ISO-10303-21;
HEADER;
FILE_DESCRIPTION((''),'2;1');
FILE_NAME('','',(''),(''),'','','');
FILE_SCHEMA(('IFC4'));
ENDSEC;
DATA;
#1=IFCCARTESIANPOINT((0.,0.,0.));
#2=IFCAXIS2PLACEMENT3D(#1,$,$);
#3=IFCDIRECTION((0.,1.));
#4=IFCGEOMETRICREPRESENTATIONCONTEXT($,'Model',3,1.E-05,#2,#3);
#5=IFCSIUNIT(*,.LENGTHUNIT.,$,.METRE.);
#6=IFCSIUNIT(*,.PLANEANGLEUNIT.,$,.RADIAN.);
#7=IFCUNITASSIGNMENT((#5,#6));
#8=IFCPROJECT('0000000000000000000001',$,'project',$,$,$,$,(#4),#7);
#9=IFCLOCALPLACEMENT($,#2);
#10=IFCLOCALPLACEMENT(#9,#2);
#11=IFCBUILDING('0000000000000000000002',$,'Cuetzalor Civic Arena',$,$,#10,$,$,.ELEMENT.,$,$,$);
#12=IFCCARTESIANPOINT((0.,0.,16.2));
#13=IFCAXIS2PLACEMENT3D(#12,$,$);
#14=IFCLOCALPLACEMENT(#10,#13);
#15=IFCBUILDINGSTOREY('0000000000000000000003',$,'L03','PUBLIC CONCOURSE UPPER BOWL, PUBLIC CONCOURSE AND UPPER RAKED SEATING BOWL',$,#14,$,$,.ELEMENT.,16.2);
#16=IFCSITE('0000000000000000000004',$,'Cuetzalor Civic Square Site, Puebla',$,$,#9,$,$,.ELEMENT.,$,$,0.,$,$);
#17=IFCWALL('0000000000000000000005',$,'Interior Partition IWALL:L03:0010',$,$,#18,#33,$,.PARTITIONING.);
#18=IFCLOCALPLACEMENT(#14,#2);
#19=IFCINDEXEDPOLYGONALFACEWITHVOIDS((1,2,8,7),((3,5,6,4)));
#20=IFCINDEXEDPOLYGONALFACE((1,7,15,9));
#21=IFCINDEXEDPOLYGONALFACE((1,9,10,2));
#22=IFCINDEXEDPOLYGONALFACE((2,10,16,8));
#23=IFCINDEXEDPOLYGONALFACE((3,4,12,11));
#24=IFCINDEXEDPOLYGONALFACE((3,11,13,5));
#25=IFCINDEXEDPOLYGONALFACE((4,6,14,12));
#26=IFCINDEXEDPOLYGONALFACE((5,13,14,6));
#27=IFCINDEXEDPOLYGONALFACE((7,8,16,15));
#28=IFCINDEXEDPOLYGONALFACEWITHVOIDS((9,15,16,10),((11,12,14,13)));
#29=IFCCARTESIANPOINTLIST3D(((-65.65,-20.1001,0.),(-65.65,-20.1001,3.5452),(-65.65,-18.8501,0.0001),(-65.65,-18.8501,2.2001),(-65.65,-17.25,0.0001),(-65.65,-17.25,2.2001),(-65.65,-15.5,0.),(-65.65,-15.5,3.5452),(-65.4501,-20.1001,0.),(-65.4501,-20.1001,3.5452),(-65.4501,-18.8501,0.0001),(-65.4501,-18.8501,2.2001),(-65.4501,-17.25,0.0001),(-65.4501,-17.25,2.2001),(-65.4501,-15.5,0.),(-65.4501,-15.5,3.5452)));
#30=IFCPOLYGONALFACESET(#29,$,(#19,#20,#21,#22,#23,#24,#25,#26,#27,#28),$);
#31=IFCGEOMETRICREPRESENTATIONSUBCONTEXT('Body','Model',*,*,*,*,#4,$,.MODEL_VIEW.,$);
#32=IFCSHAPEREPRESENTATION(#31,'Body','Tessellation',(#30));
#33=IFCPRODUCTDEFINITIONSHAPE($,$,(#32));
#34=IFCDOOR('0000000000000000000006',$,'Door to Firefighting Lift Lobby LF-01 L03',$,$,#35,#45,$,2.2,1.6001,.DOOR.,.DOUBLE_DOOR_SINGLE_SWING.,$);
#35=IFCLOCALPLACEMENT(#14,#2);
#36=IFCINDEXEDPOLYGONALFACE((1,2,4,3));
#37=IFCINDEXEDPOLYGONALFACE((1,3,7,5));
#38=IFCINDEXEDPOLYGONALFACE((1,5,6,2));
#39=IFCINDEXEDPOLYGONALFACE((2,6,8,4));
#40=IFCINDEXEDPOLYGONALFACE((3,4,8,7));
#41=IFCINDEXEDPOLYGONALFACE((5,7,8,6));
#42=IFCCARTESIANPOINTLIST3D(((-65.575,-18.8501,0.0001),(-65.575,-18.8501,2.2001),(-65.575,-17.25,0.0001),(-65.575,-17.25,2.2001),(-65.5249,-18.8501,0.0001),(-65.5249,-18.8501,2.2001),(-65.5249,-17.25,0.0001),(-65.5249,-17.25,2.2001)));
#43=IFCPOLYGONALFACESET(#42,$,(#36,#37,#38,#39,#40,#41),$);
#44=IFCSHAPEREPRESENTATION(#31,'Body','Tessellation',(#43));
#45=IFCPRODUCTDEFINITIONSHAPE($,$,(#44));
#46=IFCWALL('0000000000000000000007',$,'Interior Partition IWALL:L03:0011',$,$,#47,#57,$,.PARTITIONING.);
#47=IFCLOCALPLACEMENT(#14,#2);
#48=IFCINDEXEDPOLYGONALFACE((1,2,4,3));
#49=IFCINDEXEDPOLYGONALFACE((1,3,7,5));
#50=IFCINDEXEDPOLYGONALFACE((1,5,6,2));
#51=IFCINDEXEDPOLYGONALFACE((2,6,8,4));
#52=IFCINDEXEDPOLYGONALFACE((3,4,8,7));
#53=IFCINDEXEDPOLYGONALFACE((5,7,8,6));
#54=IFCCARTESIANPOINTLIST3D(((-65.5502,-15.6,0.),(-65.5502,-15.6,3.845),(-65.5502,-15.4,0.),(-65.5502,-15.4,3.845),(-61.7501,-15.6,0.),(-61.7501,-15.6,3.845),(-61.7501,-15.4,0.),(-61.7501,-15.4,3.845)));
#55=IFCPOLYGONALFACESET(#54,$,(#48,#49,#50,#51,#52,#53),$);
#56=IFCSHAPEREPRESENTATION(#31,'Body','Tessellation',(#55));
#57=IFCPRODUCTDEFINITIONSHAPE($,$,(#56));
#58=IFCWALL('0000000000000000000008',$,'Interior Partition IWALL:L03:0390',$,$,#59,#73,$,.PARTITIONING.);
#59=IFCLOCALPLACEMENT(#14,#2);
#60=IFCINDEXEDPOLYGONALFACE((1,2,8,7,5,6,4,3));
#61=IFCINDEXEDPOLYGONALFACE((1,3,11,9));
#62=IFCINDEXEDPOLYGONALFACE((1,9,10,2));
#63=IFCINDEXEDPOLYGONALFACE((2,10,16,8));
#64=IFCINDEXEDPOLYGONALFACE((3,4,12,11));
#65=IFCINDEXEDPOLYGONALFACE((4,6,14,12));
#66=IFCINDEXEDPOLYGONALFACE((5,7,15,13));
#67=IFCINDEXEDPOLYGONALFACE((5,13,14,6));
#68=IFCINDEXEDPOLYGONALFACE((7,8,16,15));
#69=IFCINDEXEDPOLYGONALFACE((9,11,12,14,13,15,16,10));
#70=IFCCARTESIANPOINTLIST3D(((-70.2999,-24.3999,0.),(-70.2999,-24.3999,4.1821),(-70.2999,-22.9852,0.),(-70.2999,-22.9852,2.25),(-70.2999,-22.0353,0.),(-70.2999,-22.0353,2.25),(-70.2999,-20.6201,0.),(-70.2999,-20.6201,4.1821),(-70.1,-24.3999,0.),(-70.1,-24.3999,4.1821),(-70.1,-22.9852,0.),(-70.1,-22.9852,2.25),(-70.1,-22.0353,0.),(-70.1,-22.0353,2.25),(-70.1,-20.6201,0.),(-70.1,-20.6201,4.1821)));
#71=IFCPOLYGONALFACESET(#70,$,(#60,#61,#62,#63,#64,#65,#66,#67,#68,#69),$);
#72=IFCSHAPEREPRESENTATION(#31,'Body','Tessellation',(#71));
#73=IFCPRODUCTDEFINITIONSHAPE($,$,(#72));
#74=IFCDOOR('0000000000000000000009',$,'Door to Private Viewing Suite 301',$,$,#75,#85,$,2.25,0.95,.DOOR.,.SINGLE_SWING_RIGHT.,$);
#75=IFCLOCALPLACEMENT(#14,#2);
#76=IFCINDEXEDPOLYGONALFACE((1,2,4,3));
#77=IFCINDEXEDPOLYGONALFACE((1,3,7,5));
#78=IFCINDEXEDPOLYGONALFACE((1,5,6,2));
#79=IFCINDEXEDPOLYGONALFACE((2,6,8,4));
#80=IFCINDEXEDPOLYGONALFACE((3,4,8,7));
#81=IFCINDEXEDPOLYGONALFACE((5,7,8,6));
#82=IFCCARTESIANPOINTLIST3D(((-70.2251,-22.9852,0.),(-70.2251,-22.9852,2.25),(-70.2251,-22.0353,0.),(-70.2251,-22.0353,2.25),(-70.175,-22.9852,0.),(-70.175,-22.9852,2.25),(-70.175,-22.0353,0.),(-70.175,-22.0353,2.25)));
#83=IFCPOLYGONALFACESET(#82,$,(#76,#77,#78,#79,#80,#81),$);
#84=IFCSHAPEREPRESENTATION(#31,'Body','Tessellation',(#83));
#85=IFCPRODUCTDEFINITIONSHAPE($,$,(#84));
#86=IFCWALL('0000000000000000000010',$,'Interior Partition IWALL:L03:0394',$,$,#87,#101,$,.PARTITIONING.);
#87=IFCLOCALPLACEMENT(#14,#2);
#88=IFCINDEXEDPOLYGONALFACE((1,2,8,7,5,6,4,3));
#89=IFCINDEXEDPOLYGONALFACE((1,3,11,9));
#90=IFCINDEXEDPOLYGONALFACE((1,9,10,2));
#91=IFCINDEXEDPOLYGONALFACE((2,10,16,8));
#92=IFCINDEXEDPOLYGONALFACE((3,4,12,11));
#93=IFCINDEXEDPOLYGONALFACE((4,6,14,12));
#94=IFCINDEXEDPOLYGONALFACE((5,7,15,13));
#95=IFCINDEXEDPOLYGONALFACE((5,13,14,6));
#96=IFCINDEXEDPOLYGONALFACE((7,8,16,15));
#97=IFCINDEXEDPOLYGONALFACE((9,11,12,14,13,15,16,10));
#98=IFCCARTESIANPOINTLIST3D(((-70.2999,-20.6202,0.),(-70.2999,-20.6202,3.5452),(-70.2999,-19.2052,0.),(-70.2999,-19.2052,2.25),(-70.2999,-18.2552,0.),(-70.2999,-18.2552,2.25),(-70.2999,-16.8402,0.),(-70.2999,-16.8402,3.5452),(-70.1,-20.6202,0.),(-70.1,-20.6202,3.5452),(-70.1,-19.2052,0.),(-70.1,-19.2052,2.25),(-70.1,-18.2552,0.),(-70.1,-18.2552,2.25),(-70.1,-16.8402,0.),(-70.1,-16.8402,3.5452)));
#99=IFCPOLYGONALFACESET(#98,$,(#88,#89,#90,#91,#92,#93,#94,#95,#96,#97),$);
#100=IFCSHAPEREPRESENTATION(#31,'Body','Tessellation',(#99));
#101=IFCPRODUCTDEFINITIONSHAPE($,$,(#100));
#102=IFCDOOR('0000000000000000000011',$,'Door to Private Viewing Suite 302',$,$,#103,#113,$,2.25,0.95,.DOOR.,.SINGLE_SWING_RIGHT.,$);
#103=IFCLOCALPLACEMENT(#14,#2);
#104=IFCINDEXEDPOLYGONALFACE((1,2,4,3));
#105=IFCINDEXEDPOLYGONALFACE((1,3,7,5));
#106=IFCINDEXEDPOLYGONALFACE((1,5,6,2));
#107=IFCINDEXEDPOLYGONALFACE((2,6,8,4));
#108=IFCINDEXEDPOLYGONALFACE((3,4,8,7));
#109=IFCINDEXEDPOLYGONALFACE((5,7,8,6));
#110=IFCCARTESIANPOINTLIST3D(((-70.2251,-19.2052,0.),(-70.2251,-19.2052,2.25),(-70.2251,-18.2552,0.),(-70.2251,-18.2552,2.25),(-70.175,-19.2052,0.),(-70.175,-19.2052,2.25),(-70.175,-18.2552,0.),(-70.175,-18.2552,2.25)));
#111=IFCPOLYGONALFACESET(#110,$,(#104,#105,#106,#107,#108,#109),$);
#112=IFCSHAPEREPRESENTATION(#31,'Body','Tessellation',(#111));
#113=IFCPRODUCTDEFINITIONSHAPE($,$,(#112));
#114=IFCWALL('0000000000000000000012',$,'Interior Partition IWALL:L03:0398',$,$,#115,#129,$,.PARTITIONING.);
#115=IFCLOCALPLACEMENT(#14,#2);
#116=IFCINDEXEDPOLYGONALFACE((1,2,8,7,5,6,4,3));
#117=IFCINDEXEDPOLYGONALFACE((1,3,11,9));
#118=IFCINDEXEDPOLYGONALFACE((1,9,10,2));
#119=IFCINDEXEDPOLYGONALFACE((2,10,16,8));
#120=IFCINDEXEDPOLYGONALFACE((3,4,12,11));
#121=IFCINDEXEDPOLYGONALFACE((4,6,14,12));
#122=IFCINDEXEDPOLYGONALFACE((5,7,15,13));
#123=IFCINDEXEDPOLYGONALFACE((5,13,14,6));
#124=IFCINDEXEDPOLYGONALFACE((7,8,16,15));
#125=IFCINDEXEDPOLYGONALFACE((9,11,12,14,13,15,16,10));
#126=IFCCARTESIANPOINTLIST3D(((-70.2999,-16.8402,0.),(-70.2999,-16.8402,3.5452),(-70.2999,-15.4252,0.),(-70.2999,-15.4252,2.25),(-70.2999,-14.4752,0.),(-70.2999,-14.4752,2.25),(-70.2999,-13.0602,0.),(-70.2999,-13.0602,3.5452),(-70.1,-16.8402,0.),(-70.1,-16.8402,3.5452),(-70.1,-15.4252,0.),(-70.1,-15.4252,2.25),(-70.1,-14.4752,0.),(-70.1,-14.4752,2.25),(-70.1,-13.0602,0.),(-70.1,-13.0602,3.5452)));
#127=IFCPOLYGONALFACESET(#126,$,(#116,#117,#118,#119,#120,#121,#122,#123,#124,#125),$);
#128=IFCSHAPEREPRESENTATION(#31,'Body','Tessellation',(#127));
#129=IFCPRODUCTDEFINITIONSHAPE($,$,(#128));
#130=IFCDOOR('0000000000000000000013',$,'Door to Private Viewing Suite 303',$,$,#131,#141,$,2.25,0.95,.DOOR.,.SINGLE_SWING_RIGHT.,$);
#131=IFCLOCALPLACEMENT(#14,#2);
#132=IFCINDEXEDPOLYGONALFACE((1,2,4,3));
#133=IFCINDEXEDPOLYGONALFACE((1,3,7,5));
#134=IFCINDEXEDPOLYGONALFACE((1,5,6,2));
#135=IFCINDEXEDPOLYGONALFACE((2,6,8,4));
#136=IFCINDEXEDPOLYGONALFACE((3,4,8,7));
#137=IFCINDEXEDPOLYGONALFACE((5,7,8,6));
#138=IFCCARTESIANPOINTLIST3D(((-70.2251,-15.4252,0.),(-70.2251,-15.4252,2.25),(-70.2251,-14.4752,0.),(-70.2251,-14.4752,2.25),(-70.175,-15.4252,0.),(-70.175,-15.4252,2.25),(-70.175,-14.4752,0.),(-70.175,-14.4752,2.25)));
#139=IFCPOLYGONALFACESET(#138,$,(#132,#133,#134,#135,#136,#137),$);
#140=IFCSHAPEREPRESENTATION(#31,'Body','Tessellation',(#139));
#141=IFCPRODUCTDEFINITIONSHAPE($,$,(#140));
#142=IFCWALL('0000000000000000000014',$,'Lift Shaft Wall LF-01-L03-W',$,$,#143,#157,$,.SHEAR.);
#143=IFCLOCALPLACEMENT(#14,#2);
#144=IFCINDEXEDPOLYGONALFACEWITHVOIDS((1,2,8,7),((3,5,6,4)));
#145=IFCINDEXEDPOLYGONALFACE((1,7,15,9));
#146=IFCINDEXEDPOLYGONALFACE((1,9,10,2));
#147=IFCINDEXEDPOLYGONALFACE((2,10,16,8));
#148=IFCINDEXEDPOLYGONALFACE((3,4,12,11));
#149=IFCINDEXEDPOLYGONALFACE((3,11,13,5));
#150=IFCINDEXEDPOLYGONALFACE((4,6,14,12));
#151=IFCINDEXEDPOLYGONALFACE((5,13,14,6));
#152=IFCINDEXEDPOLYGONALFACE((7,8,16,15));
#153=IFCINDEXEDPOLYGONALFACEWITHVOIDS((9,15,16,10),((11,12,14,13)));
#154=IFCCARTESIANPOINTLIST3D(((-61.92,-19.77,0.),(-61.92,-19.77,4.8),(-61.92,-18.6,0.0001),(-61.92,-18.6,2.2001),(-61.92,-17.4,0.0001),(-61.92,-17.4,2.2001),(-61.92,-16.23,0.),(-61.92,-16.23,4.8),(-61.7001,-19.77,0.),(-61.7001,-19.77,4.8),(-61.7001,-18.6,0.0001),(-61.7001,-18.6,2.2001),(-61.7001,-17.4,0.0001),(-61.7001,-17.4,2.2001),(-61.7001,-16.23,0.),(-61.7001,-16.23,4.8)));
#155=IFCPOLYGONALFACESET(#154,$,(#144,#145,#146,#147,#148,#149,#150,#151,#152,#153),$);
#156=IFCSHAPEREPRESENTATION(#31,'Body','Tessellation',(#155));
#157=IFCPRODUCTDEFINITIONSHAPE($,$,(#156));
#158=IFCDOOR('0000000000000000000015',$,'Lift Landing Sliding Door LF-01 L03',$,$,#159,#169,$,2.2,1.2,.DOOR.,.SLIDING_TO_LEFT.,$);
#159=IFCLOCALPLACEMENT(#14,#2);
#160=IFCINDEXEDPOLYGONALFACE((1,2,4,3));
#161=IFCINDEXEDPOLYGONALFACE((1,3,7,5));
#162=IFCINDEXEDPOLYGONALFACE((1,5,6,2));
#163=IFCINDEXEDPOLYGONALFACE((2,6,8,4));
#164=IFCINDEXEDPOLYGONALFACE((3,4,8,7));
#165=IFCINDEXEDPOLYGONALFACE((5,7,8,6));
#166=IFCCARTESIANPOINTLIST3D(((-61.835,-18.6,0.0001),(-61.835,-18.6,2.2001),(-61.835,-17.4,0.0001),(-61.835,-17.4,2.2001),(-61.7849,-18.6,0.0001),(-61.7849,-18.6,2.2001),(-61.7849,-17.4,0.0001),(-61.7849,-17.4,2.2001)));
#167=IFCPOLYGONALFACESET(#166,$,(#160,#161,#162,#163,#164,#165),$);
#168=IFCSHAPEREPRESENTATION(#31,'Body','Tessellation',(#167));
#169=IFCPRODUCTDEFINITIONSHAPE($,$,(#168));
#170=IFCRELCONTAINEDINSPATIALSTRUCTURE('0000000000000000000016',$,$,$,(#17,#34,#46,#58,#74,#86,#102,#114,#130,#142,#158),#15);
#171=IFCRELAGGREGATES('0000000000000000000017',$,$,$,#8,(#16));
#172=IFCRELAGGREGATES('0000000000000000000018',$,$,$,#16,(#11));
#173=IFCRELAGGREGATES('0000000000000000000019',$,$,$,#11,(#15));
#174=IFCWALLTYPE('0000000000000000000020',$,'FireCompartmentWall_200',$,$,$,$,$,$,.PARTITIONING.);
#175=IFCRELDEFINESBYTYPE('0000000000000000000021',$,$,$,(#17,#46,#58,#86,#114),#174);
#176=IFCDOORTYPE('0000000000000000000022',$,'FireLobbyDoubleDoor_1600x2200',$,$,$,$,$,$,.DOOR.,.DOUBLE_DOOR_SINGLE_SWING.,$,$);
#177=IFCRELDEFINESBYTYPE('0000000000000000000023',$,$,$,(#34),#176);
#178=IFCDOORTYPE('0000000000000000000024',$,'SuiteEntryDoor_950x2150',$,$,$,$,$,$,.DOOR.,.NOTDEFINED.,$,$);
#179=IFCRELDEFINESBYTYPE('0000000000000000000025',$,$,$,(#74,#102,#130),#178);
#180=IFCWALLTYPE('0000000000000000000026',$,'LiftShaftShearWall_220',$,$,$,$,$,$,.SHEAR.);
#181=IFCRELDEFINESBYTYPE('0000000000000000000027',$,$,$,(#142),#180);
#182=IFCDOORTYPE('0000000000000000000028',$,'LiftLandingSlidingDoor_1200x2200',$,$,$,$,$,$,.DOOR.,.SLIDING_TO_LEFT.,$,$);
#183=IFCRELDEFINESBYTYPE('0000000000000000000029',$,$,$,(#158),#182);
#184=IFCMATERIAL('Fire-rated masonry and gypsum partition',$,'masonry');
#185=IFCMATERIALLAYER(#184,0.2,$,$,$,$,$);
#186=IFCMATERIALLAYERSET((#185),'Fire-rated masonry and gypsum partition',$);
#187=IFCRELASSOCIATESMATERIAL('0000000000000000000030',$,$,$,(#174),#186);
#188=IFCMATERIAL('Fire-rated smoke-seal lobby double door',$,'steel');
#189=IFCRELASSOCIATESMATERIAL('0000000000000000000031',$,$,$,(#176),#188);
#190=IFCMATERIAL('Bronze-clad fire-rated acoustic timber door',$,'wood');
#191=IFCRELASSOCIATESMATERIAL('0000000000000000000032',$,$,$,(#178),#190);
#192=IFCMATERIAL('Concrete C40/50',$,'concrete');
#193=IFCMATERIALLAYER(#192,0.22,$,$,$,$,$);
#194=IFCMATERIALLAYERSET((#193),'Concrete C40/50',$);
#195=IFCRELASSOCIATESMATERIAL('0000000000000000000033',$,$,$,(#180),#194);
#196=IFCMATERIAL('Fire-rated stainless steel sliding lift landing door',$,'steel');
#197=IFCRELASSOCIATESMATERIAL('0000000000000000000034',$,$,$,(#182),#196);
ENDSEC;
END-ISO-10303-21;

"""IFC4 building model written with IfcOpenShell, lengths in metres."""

from ifc_helpers import new_model, si_unit, direction, frame, frame_2d, origin, place, context, subcontext, project, spatial, rectangle, extrude, material, layer, layer_set, type_object, element, fill, save


model = new_model("IFC4")

# Units and contexts
model_context = context("Model", 3, precision=1e-05, world=origin(), true_north=direction((0.0, 1.0)))
body_context = subcontext(model_context, "Body", "Model", "MODEL_VIEW")
ifc_project = project(units=[si_unit("LENGTHUNIT", "METRE"), si_unit("PLANEANGLEUNIT", "RADIAN")], contexts=[model_context])

# Site, building, storey
site_placement = place(None, origin())
site = spatial("IfcSite", under=ifc_project, at=site_placement, Name="Cuetzalor Civic Square Site, Puebla", CompositionType="ELEMENT", RefElevation=0.0)
building_placement = place(site_placement, origin())
building = spatial("IfcBuilding", under=site, at=building_placement, Name="Cuetzalor Civic Arena", CompositionType="ELEMENT")
storey_placement = place(building_placement, frame((0.0, 0.0, 16.2)))
storey = spatial("IfcBuildingStorey", under=building, at=storey_placement, Name="L03", Description="PUBLIC CONCOURSE UPPER BOWL, PUBLIC CONCOURSE AND UPPER RAKED SEATING BOWL", CompositionType="ELEMENT", Elevation=16.2)

# Wall, opening, door
ifc_material_1 = material(Name="Fire-rated masonry and gypsum partition", Category="masonry")
ifc_layer_1 = layer(ifc_material_1, 0.2)
ifc_layer_set_1 = layer_set([ifc_layer_1], Name="Fire-rated masonry and gypsum partition")
wall_type_1 = type_object("IfcWallType", Name="FireCompartmentWall_200", PredefinedType="PARTITIONING", material=ifc_layer_set_1)
wall_1_placement = place(storey_placement, frame((-65.55, -20.1001, 0.0), z_axis=(0.0, 0.0, 1.0), x_axis=(0.0, 1.0, 0.0)))
wall_1 = element("IfcWall", 1, at=wall_1_placement, inside=storey, type_object=wall_type_1, Name="Interior Partition IWALL:L03:0010", PredefinedType="PARTITIONING", context=body_context, shape_type="SweptSolid", body=[
    extrude(rectangle(XDim=4.6001, YDim=0.2, at=frame_2d((2.3, 0.0))), origin(), (0.0, 0.0, 1.0), 3.5452),
])
opening_1_placement = place(wall_1_placement, frame((1.25, 0.0, 0.0)))
opening_1 = element("IfcOpeningElement", 2, at=opening_1_placement, cuts=wall_1, PredefinedType="OPENING", context=body_context, shape_type="SweptSolid", body=[
    extrude(rectangle(XDim=1.6001, YDim=2.2, at=frame_2d((0.8, 1.1001))), frame((0.0, 0.1099, 0.0), z_axis=(0.0, -1.0, 0.0), x_axis=(1.0, 0.0, 0.0)), (0.0, 0.0, 1.0), 0.22),
])
ifc_material_2 = material(Name="Fire-rated smoke-seal lobby double door", Category="steel")
door_type_1 = type_object("IfcDoorType", Name="FireLobbyDoubleDoor_1600x2200", OperationType="DOUBLE_DOOR_SINGLE_SWING", PredefinedType="DOOR", material=ifc_material_2)
door_1_placement = place(opening_1_placement, origin())
door_1 = element("IfcDoor", 3, at=door_1_placement, inside=storey, type_object=door_type_1, Name="Door to Firefighting Lift Lobby LF-01 L03", OperationType="DOUBLE_DOOR_SINGLE_SWING", OverallHeight=2.2, OverallWidth=1.6001, PredefinedType="DOOR", context=body_context, shape_type="SweptSolid", body=[
    extrude(rectangle(XDim=1.6001, YDim=2.2, at=frame_2d((0.8, 1.1001))), frame((0.0, 0.0249, 0.0), z_axis=(0.0, -1.0, 0.0), x_axis=(1.0, 0.0, 0.0)), (0.0, 0.0, 1.0), 0.05),
])
fill(opening_1, door_1)

# Wall
wall_2_placement = place(storey_placement, frame((-65.55, -15.5, 0.0), z_axis=(0.0, 0.0, 1.0), x_axis=(1.0, 0.0, 0.0)))
element("IfcWall", 4, at=wall_2_placement, inside=storey, type_object=wall_type_1, Name="Interior Partition IWALL:L03:0011", PredefinedType="PARTITIONING", context=body_context, shape_type="SweptSolid", body=[
    extrude(rectangle(XDim=3.8, YDim=0.2, at=frame_2d((1.8999, 0.0))), origin(), (0.0, 0.0, 1.0), 3.845),
])

# Walls, openings, doors
wall_3_placement = place(storey_placement, frame((-70.2, -20.6201, 0.0), z_axis=(0.0, 0.0, 1.0), x_axis=(0.0, -1.0, 0.0)))
wall_3 = element("IfcWall", 5, at=wall_3_placement, inside=storey, type_object=wall_type_1, Name="Interior Partition IWALL:L03:0390", PredefinedType="PARTITIONING", context=body_context, shape_type="SweptSolid", body=[
    extrude(rectangle(XDim=3.7798, YDim=0.2, at=frame_2d((1.8899, 0.0))), origin(), (0.0, 0.0, 1.0), 4.1821),
])
opening_2_placement = place(wall_3_placement, frame((1.415, 0.0, 0.0)))
opening_2 = element("IfcOpeningElement", 6, at=opening_2_placement, cuts=wall_3, PredefinedType="OPENING", context=body_context, shape_type="SweptSolid", body=[
    extrude(rectangle(XDim=0.95, YDim=2.25, at=frame_2d((0.4751, 1.125))), frame((0.0, 0.1099, 0.0), z_axis=(0.0, -1.0, 0.0), x_axis=(1.0, 0.0, 0.0)), (0.0, 0.0, 1.0), 0.22),
])
ifc_material_3 = material(Name="Bronze-clad fire-rated acoustic timber door", Category="wood")
door_type_2 = type_object("IfcDoorType", Name="SuiteEntryDoor_950x2150", OperationType="NOTDEFINED", PredefinedType="DOOR", material=ifc_material_3)
door_2_placement = place(opening_2_placement, origin())
door_2 = element("IfcDoor", 7, at=door_2_placement, inside=storey, type_object=door_type_2, Name="Door to Private Viewing Suite 301", OperationType="SINGLE_SWING_RIGHT", OverallHeight=2.25, OverallWidth=0.95, PredefinedType="DOOR", context=body_context, shape_type="SweptSolid", body=[
    extrude(rectangle(XDim=0.95, YDim=2.25, at=frame_2d((0.4751, 1.125))), frame((0.0, 0.0249, 0.0), z_axis=(0.0, -1.0, 0.0), x_axis=(1.0, 0.0, 0.0)), (0.0, 0.0, 1.0), 0.05),
])
fill(opening_2, door_2)
wall_4_placement = place(storey_placement, frame((-70.2, -16.8401, 0.0), z_axis=(0.0, 0.0, 1.0), x_axis=(0.0, -1.0, 0.0)))
wall_4 = element("IfcWall", 8, at=wall_4_placement, inside=storey, type_object=wall_type_1, Name="Interior Partition IWALL:L03:0394", PredefinedType="PARTITIONING", context=body_context, shape_type="SweptSolid", body=[
    extrude(rectangle(XDim=3.78, YDim=0.2, at=frame_2d((1.8901, 0.0))), origin(), (0.0, 0.0, 1.0), 3.5452),
])
opening_3_placement = place(wall_4_placement, frame((1.415, 0.0, 0.0)))
opening_3 = element("IfcOpeningElement", 9, at=opening_3_placement, cuts=wall_4, PredefinedType="OPENING", context=body_context, shape_type="SweptSolid", body=[
    extrude(rectangle(XDim=0.95, YDim=2.25, at=frame_2d((0.4751, 1.125))), frame((0.0, 0.1099, 0.0), z_axis=(0.0, -1.0, 0.0), x_axis=(1.0, 0.0, 0.0)), (0.0, 0.0, 1.0), 0.22),
])
door_3_placement = place(opening_3_placement, origin())
door_3 = element("IfcDoor", 10, at=door_3_placement, inside=storey, type_object=door_type_2, Name="Door to Private Viewing Suite 302", OperationType="SINGLE_SWING_RIGHT", OverallHeight=2.25, OverallWidth=0.95, PredefinedType="DOOR", context=body_context, shape_type="SweptSolid", body=[
    extrude(rectangle(XDim=0.95, YDim=2.25, at=frame_2d((0.4751, 1.125))), frame((0.0, 0.0249, 0.0), z_axis=(0.0, -1.0, 0.0), x_axis=(1.0, 0.0, 0.0)), (0.0, 0.0, 1.0), 0.05),
])
fill(opening_3, door_3)
wall_5_placement = place(storey_placement, frame((-70.2, -13.0601, 0.0), z_axis=(0.0, 0.0, 1.0), x_axis=(0.0, -1.0, 0.0)))
wall_5 = element("IfcWall", 11, at=wall_5_placement, inside=storey, type_object=wall_type_1, Name="Interior Partition IWALL:L03:0398", PredefinedType="PARTITIONING", context=body_context, shape_type="SweptSolid", body=[
    extrude(rectangle(XDim=3.78, YDim=0.2, at=frame_2d((1.8901, 0.0))), origin(), (0.0, 0.0, 1.0), 3.5452),
])
opening_4_placement = place(wall_5_placement, frame((1.415, 0.0, 0.0)))
opening_4 = element("IfcOpeningElement", 12, at=opening_4_placement, cuts=wall_5, PredefinedType="OPENING", context=body_context, shape_type="SweptSolid", body=[
    extrude(rectangle(XDim=0.95, YDim=2.25, at=frame_2d((0.4751, 1.125))), frame((0.0, 0.1099, 0.0), z_axis=(0.0, -1.0, 0.0), x_axis=(1.0, 0.0, 0.0)), (0.0, 0.0, 1.0), 0.22),
])
door_4_placement = place(opening_4_placement, origin())
door_4 = element("IfcDoor", 13, at=door_4_placement, inside=storey, type_object=door_type_2, Name="Door to Private Viewing Suite 303", OperationType="SINGLE_SWING_RIGHT", OverallHeight=2.25, OverallWidth=0.95, PredefinedType="DOOR", context=body_context, shape_type="SweptSolid", body=[
    extrude(rectangle(XDim=0.95, YDim=2.25, at=frame_2d((0.4751, 1.125))), frame((0.0, 0.0249, 0.0), z_axis=(0.0, -1.0, 0.0), x_axis=(1.0, 0.0, 0.0)), (0.0, 0.0, 1.0), 0.05),
])
fill(opening_4, door_4)
ifc_material_4 = material(Name="Concrete C40/50", Category="concrete")
ifc_layer_2 = layer(ifc_material_4, 0.22)
ifc_layer_set_2 = layer_set([ifc_layer_2], Name="Concrete C40/50")
wall_type_2 = type_object("IfcWallType", Name="LiftShaftShearWall_220", PredefinedType="SHEAR", material=ifc_layer_set_2)
wall_6_placement = place(storey_placement, frame((-61.8101, -19.77, 0.0), z_axis=(0.0, 0.0, 1.0), x_axis=(0.0, 1.0, 0.0)))
wall_6 = element("IfcWall", 14, at=wall_6_placement, inside=storey, type_object=wall_type_2, Name="Lift Shaft Wall LF-01-L03-W", PredefinedType="SHEAR", context=body_context, shape_type="SweptSolid", body=[
    extrude(rectangle(XDim=3.54, YDim=0.22, at=frame_2d((1.77, 0.0))), origin(), (0.0, 0.0, 1.0), 4.8),
])
opening_5_placement = place(wall_6_placement, frame((1.1699, 0.0, 0.0)))
opening_5 = element("IfcOpeningElement", 15, at=opening_5_placement, cuts=wall_6, PredefinedType="OPENING", context=body_context, shape_type="SweptSolid", body=[
    extrude(rectangle(XDim=1.2, YDim=2.2, at=frame_2d((0.6001, 1.1001))), frame((0.0, 0.1201, 0.0), z_axis=(0.0, -1.0, 0.0), x_axis=(1.0, 0.0, 0.0)), (0.0, 0.0, 1.0), 0.24),
])
ifc_material_5 = material(Name="Fire-rated stainless steel sliding lift landing door", Category="steel")
door_type_3 = type_object("IfcDoorType", Name="LiftLandingSlidingDoor_1200x2200", OperationType="SLIDING_TO_LEFT", PredefinedType="DOOR", material=ifc_material_5)
door_5_placement = place(opening_5_placement, origin())
door_5 = element("IfcDoor", 16, at=door_5_placement, inside=storey, type_object=door_type_3, Name="Lift Landing Sliding Door LF-01 L03", OperationType="SLIDING_TO_LEFT", OverallHeight=2.2, OverallWidth=1.2, PredefinedType="DOOR", context=body_context, shape_type="SweptSolid", body=[
    extrude(rectangle(XDim=1.2, YDim=2.2, at=frame_2d((0.6001, 1.1001))), frame((0.0, 0.0249, 0.0), z_axis=(0.0, -1.0, 0.0), x_axis=(1.0, 0.0, 0.0)), (0.0, 0.0, 1.0), 0.05),
])
fill(opening_5, door_5)

save(model, "model.ifc")
